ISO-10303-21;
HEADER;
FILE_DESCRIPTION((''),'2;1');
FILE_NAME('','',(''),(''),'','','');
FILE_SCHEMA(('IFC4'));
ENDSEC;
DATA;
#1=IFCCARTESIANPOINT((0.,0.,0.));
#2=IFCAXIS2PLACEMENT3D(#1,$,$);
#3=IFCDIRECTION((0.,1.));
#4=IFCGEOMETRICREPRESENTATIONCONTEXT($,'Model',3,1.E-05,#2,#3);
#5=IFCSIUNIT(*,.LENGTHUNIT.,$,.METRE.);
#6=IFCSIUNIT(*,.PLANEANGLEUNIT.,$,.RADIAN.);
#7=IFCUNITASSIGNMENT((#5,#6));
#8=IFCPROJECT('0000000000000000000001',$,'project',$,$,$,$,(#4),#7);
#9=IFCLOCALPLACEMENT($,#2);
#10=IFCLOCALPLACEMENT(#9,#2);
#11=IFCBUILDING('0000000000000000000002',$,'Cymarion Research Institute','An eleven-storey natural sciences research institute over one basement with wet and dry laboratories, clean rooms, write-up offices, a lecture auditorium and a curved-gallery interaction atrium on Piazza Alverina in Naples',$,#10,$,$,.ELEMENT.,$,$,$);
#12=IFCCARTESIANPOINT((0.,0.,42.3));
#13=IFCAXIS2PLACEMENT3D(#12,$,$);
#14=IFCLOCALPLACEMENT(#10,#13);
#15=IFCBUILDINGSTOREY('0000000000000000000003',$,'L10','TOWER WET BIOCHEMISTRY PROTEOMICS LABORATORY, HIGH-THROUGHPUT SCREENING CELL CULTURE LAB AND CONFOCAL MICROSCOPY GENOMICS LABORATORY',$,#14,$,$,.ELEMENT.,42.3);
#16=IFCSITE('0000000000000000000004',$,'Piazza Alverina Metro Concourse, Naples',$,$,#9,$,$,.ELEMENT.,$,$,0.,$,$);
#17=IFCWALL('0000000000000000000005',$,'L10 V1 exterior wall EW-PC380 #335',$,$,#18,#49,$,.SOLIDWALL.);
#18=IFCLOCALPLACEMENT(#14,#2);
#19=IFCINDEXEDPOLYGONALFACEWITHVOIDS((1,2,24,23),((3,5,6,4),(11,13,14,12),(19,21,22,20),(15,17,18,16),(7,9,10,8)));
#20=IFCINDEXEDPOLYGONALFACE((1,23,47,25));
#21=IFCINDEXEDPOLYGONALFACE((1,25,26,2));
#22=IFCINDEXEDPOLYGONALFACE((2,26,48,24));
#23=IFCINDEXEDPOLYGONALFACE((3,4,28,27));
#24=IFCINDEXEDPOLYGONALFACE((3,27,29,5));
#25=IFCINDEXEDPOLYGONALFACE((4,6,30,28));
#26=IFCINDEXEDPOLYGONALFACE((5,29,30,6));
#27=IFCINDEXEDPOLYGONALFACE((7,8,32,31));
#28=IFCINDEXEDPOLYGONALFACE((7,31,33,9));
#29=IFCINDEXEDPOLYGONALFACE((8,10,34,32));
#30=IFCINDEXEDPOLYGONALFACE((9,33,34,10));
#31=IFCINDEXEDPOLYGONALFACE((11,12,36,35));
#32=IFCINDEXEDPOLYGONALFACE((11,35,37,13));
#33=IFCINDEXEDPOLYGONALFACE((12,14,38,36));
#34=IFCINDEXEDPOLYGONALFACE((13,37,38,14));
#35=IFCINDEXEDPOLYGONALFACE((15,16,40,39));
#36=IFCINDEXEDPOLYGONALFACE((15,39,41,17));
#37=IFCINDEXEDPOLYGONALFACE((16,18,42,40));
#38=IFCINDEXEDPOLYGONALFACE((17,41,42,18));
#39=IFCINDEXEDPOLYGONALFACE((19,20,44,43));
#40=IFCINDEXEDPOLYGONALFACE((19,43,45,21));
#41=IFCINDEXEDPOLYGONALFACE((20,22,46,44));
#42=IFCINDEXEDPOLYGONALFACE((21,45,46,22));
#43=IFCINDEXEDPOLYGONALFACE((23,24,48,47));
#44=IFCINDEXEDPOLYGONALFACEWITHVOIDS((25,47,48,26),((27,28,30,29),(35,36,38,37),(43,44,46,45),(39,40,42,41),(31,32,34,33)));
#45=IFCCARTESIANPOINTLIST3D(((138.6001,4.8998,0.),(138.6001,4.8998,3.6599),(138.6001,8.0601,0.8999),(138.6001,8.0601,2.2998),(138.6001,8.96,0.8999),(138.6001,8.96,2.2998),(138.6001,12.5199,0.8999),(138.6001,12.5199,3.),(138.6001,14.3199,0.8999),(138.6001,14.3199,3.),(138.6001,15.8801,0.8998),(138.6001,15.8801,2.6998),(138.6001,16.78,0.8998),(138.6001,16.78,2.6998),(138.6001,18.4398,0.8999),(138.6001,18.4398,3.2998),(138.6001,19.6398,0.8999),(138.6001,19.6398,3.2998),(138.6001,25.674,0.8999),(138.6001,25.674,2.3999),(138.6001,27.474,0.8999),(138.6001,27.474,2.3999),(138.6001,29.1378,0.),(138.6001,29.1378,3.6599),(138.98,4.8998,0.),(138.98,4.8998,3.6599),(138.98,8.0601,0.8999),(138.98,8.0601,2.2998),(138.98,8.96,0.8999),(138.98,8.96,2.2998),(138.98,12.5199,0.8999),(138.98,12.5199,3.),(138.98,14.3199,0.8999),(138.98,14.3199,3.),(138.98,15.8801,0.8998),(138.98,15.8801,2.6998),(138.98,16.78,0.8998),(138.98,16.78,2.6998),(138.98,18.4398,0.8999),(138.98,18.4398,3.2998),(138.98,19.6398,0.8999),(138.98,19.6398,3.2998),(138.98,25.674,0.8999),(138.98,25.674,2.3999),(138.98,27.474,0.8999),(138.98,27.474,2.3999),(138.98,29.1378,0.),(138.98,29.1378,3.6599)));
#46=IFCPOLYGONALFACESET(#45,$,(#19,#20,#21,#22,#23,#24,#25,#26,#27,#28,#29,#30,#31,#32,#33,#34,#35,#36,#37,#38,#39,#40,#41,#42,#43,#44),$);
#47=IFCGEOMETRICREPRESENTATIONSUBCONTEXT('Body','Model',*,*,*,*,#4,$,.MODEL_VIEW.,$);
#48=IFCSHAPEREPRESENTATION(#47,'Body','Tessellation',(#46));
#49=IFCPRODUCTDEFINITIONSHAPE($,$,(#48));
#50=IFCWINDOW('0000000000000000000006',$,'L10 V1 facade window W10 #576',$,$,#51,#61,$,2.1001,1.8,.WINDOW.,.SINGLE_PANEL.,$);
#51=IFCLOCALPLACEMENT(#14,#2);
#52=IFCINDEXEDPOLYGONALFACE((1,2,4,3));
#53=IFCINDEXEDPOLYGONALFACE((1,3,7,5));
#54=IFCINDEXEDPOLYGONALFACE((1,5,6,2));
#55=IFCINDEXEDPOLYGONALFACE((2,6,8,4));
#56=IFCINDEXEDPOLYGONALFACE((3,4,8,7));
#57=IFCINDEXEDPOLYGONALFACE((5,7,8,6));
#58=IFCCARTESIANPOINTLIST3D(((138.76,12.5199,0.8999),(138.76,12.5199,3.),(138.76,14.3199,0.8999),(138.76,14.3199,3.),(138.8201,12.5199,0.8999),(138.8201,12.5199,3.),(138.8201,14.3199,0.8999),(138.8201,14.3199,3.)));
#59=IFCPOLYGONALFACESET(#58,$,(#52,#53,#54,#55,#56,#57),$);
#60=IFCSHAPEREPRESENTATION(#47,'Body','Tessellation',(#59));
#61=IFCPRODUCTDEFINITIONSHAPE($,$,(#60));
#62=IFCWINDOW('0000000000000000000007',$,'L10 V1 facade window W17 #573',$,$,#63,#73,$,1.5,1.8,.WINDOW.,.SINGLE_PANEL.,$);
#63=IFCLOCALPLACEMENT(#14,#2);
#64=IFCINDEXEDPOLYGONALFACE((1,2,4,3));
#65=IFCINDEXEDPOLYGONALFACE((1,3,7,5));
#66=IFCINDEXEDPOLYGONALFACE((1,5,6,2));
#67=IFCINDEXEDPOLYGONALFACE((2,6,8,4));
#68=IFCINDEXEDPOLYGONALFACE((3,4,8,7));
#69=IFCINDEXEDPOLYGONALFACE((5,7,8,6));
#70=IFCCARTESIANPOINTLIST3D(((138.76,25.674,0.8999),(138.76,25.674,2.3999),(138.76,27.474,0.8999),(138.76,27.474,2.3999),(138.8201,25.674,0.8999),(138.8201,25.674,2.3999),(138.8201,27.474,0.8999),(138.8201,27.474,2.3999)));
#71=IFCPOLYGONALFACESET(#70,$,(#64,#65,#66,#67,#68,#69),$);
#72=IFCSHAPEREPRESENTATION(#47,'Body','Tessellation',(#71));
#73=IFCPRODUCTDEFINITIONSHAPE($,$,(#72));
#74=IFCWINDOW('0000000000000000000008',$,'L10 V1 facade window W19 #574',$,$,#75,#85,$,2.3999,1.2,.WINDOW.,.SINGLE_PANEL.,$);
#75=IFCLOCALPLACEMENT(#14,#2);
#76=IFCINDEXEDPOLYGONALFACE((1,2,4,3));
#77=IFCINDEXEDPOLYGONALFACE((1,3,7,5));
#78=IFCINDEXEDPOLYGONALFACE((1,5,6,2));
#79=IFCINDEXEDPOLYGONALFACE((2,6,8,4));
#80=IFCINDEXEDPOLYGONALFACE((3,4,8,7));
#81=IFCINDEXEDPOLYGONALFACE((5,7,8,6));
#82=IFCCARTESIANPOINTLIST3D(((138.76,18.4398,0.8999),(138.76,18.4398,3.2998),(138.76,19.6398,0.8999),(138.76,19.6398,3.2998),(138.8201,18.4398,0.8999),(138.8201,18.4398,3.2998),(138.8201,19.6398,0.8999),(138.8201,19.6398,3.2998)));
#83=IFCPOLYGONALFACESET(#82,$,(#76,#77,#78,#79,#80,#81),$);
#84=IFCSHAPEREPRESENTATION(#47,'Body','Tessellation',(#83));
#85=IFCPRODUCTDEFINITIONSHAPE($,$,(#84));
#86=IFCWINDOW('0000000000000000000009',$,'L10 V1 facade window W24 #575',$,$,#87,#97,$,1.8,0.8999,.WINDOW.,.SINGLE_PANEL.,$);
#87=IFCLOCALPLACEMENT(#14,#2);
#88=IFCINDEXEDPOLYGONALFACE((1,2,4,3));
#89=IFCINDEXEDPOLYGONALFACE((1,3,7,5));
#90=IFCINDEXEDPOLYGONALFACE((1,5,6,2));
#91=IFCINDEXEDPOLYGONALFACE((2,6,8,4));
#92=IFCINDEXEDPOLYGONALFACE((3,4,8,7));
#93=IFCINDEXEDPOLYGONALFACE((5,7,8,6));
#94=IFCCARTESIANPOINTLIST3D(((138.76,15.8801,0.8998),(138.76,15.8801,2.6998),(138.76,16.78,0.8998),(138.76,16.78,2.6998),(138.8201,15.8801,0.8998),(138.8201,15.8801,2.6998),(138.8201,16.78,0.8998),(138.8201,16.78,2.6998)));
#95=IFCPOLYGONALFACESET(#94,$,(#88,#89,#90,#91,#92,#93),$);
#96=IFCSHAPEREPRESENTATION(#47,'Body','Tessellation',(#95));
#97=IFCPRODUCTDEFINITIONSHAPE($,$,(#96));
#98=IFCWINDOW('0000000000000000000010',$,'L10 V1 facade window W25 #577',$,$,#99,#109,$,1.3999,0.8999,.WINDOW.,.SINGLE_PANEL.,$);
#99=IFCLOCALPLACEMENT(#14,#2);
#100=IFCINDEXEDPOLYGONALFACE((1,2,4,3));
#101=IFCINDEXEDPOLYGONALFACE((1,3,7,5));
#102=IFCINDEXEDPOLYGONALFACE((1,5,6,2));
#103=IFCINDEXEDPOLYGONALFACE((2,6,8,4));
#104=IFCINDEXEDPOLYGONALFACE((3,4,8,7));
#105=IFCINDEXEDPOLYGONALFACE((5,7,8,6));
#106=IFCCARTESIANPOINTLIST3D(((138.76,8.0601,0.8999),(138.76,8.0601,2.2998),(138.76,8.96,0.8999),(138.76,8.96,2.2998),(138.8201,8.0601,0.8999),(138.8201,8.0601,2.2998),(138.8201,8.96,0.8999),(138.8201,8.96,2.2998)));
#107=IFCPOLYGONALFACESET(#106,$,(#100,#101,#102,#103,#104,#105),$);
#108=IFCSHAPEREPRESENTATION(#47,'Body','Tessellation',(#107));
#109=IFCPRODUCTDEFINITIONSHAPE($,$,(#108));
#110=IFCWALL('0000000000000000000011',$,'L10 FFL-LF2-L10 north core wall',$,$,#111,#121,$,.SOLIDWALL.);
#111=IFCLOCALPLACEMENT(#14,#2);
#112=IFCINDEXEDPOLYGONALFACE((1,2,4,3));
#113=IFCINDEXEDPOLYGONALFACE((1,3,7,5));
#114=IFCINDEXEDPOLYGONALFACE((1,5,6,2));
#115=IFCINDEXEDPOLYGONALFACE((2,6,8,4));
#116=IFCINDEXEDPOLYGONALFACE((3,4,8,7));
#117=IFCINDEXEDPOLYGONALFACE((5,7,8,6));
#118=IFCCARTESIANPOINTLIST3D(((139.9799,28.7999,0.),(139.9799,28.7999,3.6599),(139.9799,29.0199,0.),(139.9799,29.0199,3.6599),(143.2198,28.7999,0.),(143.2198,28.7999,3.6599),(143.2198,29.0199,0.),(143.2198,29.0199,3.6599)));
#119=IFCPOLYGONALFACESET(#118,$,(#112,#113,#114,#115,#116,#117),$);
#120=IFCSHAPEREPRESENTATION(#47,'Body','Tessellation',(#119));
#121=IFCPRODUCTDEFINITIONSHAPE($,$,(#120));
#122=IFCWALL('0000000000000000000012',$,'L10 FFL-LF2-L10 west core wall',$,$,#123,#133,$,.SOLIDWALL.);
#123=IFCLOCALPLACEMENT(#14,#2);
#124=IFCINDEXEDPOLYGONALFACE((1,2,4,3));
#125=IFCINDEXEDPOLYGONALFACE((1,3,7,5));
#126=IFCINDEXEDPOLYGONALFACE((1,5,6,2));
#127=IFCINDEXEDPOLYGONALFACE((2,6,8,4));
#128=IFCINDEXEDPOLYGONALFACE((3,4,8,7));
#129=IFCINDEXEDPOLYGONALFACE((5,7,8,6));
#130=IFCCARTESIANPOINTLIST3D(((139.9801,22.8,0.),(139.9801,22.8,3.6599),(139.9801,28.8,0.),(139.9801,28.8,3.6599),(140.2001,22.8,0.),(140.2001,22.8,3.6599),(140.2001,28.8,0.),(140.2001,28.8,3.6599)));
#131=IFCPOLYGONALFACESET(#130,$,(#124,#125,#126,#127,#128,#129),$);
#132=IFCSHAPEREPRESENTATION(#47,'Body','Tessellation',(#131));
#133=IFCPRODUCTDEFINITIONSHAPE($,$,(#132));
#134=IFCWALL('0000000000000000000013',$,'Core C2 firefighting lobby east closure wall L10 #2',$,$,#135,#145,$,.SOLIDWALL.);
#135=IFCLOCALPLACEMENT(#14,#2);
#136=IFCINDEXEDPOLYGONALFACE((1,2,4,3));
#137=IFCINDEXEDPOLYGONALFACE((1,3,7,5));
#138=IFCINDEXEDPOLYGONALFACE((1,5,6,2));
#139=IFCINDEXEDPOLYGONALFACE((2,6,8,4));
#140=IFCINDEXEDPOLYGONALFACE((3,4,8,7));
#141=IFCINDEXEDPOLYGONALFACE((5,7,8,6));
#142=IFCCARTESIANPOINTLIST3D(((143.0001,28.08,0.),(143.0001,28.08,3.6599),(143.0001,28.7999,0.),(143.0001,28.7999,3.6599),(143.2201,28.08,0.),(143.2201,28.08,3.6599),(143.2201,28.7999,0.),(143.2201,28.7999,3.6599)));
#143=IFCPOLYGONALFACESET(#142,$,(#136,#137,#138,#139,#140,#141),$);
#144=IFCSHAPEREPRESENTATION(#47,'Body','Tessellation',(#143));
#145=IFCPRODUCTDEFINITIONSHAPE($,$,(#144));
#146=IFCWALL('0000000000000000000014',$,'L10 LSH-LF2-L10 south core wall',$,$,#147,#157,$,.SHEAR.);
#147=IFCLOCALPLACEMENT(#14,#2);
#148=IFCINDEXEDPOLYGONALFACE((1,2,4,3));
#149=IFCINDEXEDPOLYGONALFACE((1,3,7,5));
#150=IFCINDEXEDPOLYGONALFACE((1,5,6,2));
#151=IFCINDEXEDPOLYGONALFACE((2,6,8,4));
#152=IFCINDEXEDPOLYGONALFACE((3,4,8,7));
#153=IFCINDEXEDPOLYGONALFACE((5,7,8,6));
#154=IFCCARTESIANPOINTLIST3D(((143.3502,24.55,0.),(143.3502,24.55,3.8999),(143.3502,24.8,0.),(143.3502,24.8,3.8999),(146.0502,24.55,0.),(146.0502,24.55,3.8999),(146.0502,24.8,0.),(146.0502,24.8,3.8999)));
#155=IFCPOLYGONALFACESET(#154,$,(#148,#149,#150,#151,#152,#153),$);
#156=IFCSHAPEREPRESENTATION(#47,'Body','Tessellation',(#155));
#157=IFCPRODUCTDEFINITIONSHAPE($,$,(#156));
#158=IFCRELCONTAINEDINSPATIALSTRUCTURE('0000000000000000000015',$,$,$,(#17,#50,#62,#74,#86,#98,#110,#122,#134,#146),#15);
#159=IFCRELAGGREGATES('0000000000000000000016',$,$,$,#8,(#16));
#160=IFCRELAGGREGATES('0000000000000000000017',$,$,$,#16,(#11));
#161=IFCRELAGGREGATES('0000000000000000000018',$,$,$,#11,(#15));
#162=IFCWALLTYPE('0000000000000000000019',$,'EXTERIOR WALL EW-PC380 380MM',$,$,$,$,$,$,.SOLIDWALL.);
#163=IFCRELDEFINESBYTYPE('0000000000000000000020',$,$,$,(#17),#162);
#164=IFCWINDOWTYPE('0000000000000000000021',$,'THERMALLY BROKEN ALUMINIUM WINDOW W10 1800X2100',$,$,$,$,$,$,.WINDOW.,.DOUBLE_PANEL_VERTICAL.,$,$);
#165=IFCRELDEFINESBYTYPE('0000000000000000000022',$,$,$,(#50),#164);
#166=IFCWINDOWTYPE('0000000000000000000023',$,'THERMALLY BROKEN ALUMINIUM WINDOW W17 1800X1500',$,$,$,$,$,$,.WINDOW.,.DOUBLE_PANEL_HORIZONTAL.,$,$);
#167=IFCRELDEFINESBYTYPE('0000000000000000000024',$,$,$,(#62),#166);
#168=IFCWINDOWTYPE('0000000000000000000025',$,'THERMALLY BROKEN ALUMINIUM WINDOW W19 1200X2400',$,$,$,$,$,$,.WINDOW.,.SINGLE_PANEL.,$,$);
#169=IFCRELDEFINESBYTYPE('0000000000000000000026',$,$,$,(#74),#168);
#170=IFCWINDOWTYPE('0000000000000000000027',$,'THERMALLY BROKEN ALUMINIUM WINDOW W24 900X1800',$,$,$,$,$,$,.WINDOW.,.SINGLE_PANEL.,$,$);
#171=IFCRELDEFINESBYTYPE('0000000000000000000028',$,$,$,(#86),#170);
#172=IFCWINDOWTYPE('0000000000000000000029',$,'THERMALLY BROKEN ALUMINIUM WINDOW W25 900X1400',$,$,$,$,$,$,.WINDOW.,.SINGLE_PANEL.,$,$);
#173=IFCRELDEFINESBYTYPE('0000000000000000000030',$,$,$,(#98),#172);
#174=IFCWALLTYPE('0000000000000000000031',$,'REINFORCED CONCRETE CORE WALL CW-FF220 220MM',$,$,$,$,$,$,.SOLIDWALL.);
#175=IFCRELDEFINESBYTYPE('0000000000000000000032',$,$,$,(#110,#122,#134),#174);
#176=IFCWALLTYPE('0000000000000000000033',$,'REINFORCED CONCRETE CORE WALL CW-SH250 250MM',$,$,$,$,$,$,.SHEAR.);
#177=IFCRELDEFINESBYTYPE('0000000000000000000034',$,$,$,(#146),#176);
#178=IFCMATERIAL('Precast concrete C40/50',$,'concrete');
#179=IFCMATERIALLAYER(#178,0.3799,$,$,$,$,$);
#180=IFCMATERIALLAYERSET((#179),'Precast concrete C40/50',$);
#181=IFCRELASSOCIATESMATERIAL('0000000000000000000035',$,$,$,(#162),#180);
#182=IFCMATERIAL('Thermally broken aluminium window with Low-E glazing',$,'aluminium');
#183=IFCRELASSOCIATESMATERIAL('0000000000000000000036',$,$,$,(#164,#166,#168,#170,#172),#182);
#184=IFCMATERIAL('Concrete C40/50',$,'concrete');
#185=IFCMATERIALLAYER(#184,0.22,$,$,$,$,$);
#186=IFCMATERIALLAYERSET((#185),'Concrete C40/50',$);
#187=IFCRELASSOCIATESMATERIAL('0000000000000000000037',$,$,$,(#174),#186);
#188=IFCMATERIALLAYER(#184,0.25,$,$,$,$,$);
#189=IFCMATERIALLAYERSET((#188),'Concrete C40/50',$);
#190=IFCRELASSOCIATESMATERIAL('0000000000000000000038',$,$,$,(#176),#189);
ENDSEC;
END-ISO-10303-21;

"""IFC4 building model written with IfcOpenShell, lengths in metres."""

from ifc_helpers import new_model, si_unit, direction, frame, frame_2d, origin, place, context, subcontext, project, spatial, rectangle, extrude, material, layer, layer_set, type_object, element, fill, save


model = new_model("IFC4")

# Units and contexts
model_context = context("Model", 3, precision=1e-05, world=origin(), true_north=direction((0.0, 1.0)))
body_context = subcontext(model_context, "Body", "Model", "MODEL_VIEW")
ifc_project = project(units=[si_unit("LENGTHUNIT", "METRE"), si_unit("PLANEANGLEUNIT", "RADIAN")], contexts=[model_context])

# Site, building, storey
site_placement = place(None, origin())
site = spatial("IfcSite", under=ifc_project, at=site_placement, Name="Piazza Alverina Metro Concourse, Naples", CompositionType="ELEMENT", RefElevation=0.0)
building_placement = place(site_placement, origin())
building = spatial("IfcBuilding", under=site, at=building_placement, Name="Cymarion Research Institute", Description="An eleven-storey natural sciences research institute over one basement with wet and dry laboratories, clean rooms, write-up offices, a lecture auditorium and a curved-gallery interaction atrium on Piazza Alverina in Naples", CompositionType="ELEMENT")
storey_placement = place(building_placement, frame((0.0, 0.0, 42.3)))
storey = spatial("IfcBuildingStorey", under=building, at=storey_placement, Name="L10", Description="TOWER WET BIOCHEMISTRY PROTEOMICS LABORATORY, HIGH-THROUGHPUT SCREENING CELL CULTURE LAB AND CONFOCAL MICROSCOPY GENOMICS LABORATORY", CompositionType="ELEMENT", Elevation=42.3)

# Wall, openings, windows
ifc_material_1 = material(Name="Precast concrete C40/50", Category="concrete")
ifc_layer_1 = layer(ifc_material_1, 0.3799)
ifc_layer_set_1 = layer_set([ifc_layer_1], Name="Precast concrete C40/50")
wall_type_1 = type_object("IfcWallType", Name="EXTERIOR WALL EW-PC380 380MM", PredefinedType="SOLIDWALL", material=ifc_layer_set_1)
wall_1_placement = place(storey_placement, frame((138.79, 29.1379, 0.0), z_axis=(0.0, 0.0, 1.0), x_axis=(0.0, -1.0, 0.0)))
wall_1 = element("IfcWall", 1, at=wall_1_placement, inside=storey, type_object=wall_type_1, Name="L10 V1 exterior wall EW-PC380 #335", PredefinedType="SOLIDWALL", context=body_context, shape_type="SweptSolid", body=[
    extrude(rectangle(XDim=24.238, YDim=0.3799, at=frame_2d((12.1191, 0.0))), origin(), (0.0, 0.0, 1.0), 3.6599),
])
opening_1_placement = place(wall_1_placement, frame((1.6641, 0.0, 0.8999)))
opening_1 = element("IfcOpeningElement", 2, at=opening_1_placement, cuts=wall_1, PredefinedType="OPENING", context=body_context, shape_type="SweptSolid", body=[
    extrude(rectangle(XDim=1.8, YDim=1.5, at=frame_2d((0.8999, 0.75))), frame((0.0, 0.2, 0.0), z_axis=(0.0, -1.0, 0.0), x_axis=(1.0, 0.0, 0.0)), (0.0, 0.0, 1.0), 0.3999),
])
opening_2_placement = place(wall_1_placement, frame((9.498, 0.0, 0.8999)))
opening_2 = element("IfcOpeningElement", 3, at=opening_2_placement, cuts=wall_1, PredefinedType="OPENING", context=body_context, shape_type="SweptSolid", body=[
    extrude(rectangle(XDim=1.2, YDim=2.3999, at=frame_2d((0.6001, 1.2))), frame((0.0, 0.2, 0.0), z_axis=(0.0, -1.0, 0.0), x_axis=(1.0, 0.0, 0.0)), (0.0, 0.0, 1.0), 0.3999),
])
opening_3_placement = place(wall_1_placement, frame((12.3579, 0.0, 0.8999)))
opening_3 = element("IfcOpeningElement", 4, at=opening_3_placement, cuts=wall_1, PredefinedType="OPENING", context=body_context, shape_type="SweptSolid", body=[
    extrude(rectangle(XDim=0.8999, YDim=1.8, at=frame_2d((0.45, 0.8999))), frame((0.0, 0.2, 0.0), z_axis=(0.0, -1.0, 0.0), x_axis=(1.0, 0.0, 0.0)), (0.0, 0.0, 1.0), 0.3999),
])
opening_4_placement = place(wall_1_placement, frame((14.8181, 0.0, 0.8999)))
opening_4 = element("IfcOpeningElement", 5, at=opening_4_placement, cuts=wall_1, PredefinedType="OPENING", context=body_context, shape_type="SweptSolid", body=[
    extrude(rectangle(XDim=1.8, YDim=2.1001, at=frame_2d((0.8999, 1.05))), frame((0.0, 0.2, 0.0), z_axis=(0.0, -1.0, 0.0), x_axis=(1.0, 0.0, 0.0)), (0.0, 0.0, 1.0), 0.3999),
])
opening_5_placement = place(wall_1_placement, frame((20.178, 0.0, 0.8999)))
opening_5 = element("IfcOpeningElement", 6, at=opening_5_placement, cuts=wall_1, PredefinedType="OPENING", context=body_context, shape_type="SweptSolid", body=[
    extrude(rectangle(XDim=0.8999, YDim=1.3999, at=frame_2d((0.45, 0.7))), frame((0.0, 0.2, 0.0), z_axis=(0.0, -1.0, 0.0), x_axis=(1.0, 0.0, 0.0)), (0.0, 0.0, 1.0), 0.3999),
])
ifc_material_2 = material(Name="Thermally broken aluminium window with Low-E glazing", Category="aluminium")
window_type_1 = type_object("IfcWindowType", Name="THERMALLY BROKEN ALUMINIUM WINDOW W10 1800X2100", PartitioningType="DOUBLE_PANEL_VERTICAL", PredefinedType="WINDOW", material=ifc_material_2)
window_1_placement = place(opening_4_placement, origin())
window_1 = element("IfcWindow", 7, at=window_1_placement, inside=storey, type_object=window_type_1, Name="L10 V1 facade window W10 #576", OverallHeight=2.1001, OverallWidth=1.8, PartitioningType="SINGLE_PANEL", PredefinedType="WINDOW", context=body_context, shape_type="SweptSolid", body=[
    extrude(rectangle(XDim=1.8, YDim=2.1001, at=frame_2d((0.8999, 1.05))), frame((0.0, 0.03, 0.0), z_axis=(0.0, -1.0, 0.0), x_axis=(1.0, 0.0, 0.0)), (0.0, 0.0, 1.0), 0.0601),
])
fill(opening_4, window_1)
window_type_2 = type_object("IfcWindowType", Name="THERMALLY BROKEN ALUMINIUM WINDOW W17 1800X1500", PartitioningType="DOUBLE_PANEL_HORIZONTAL", PredefinedType="WINDOW", material=ifc_material_2)
window_2_placement = place(opening_1_placement, origin())
window_2 = element("IfcWindow", 8, at=window_2_placement, inside=storey, type_object=window_type_2, Name="L10 V1 facade window W17 #573", OverallHeight=1.5, OverallWidth=1.8, PartitioningType="SINGLE_PANEL", PredefinedType="WINDOW", context=body_context, shape_type="SweptSolid", body=[
    extrude(rectangle(XDim=1.8, YDim=1.5, at=frame_2d((0.8999, 0.75))), frame((0.0, 0.03, 0.0), z_axis=(0.0, -1.0, 0.0), x_axis=(1.0, 0.0, 0.0)), (0.0, 0.0, 1.0), 0.0601),
])
fill(opening_1, window_2)
window_type_3 = type_object("IfcWindowType", Name="THERMALLY BROKEN ALUMINIUM WINDOW W19 1200X2400", PartitioningType="SINGLE_PANEL", PredefinedType="WINDOW", material=ifc_material_2)
window_3_placement = place(opening_2_placement, origin())
window_3 = element("IfcWindow", 9, at=window_3_placement, inside=storey, type_object=window_type_3, Name="L10 V1 facade window W19 #574", OverallHeight=2.3999, OverallWidth=1.2, PartitioningType="SINGLE_PANEL", PredefinedType="WINDOW", context=body_context, shape_type="SweptSolid", body=[
    extrude(rectangle(XDim=1.2, YDim=2.3999, at=frame_2d((0.6001, 1.2))), frame((0.0, 0.03, 0.0), z_axis=(0.0, -1.0, 0.0), x_axis=(1.0, 0.0, 0.0)), (0.0, 0.0, 1.0), 0.0601),
])
fill(opening_2, window_3)
window_type_4 = type_object("IfcWindowType", Name="THERMALLY BROKEN ALUMINIUM WINDOW W24 900X1800", PartitioningType="SINGLE_PANEL", PredefinedType="WINDOW", material=ifc_material_2)
window_4_placement = place(opening_3_placement, origin())
window_4 = element("IfcWindow", 10, at=window_4_placement, inside=storey, type_object=window_type_4, Name="L10 V1 facade window W24 #575", OverallHeight=1.8, OverallWidth=0.8999, PartitioningType="SINGLE_PANEL", PredefinedType="WINDOW", context=body_context, shape_type="SweptSolid", body=[
    extrude(rectangle(XDim=0.8999, YDim=1.8, at=frame_2d((0.45, 0.8999))), frame((0.0, 0.03, 0.0), z_axis=(0.0, -1.0, 0.0), x_axis=(1.0, 0.0, 0.0)), (0.0, 0.0, 1.0), 0.0601),
])
fill(opening_3, window_4)
window_type_5 = type_object("IfcWindowType", Name="THERMALLY BROKEN ALUMINIUM WINDOW W25 900X1400", PartitioningType="SINGLE_PANEL", PredefinedType="WINDOW", material=ifc_material_2)
window_5_placement = place(opening_5_placement, origin())
window_5 = element("IfcWindow", 11, at=window_5_placement, inside=storey, type_object=window_type_5, Name="L10 V1 facade window W25 #577", OverallHeight=1.3999, OverallWidth=0.8999, PartitioningType="SINGLE_PANEL", PredefinedType="WINDOW", context=body_context, shape_type="SweptSolid", body=[
    extrude(rectangle(XDim=0.8999, YDim=1.3999, at=frame_2d((0.45, 0.7))), frame((0.0, 0.03, 0.0), z_axis=(0.0, -1.0, 0.0), x_axis=(1.0, 0.0, 0.0)), (0.0, 0.0, 1.0), 0.0601),
])
fill(opening_5, window_5)

# Walls
ifc_material_3 = material(Name="Concrete C40/50", Category="concrete")
ifc_layer_2 = layer(ifc_material_3, 0.22)
ifc_layer_set_2 = layer_set([ifc_layer_2], Name="Concrete C40/50")
wall_type_2 = type_object("IfcWallType", Name="REINFORCED CONCRETE CORE WALL CW-FF220 220MM", PredefinedType="SOLIDWALL", material=ifc_layer_set_2)
wall_2_placement = place(storey_placement, frame((143.22, 28.9099, 0.0), z_axis=(0.0, 0.0, 1.0), x_axis=(-1.0, 0.0, 0.0)))
element("IfcWall", 12, at=wall_2_placement, inside=storey, type_object=wall_type_2, Name="L10 FFL-LF2-L10 north core wall", PredefinedType="SOLIDWALL", context=body_context, shape_type="SweptSolid", body=[
    extrude(rectangle(XDim=3.24, YDim=0.22, at=frame_2d((1.6201, 0.0))), origin(), (0.0, 0.0, 1.0), 3.6599),
])
wall_3_placement = place(storey_placement, frame((140.0901, 28.8, 0.0), z_axis=(0.0, 0.0, 1.0), x_axis=(0.0, -1.0, 0.0)))
element("IfcWall", 13, at=wall_3_placement, inside=storey, type_object=wall_type_2, Name="L10 FFL-LF2-L10 west core wall", PredefinedType="SOLIDWALL", context=body_context, shape_type="SweptSolid", body=[
    extrude(rectangle(XDim=6.0, YDim=0.22, at=frame_2d((3.0, 0.0))), origin(), (0.0, 0.0, 1.0), 3.6599),
])
wall_4_placement = place(storey_placement, frame((143.1101, 28.0801, 0.0), z_axis=(0.0, 0.0, 1.0), x_axis=(0.0, 1.0, 0.0)))
element("IfcWall", 14, at=wall_4_placement, inside=storey, type_object=wall_type_2, Name="Core C2 firefighting lobby east closure wall L10 #2", PredefinedType="SOLIDWALL", context=body_context, shape_type="SweptSolid", body=[
    extrude(rectangle(XDim=0.72, YDim=0.22, at=frame_2d((0.3599, 0.0))), origin(), (0.0, 0.0, 1.0), 3.6599),
])
ifc_layer_3 = layer(ifc_material_3, 0.25)
ifc_layer_set_3 = layer_set([ifc_layer_3], Name="Concrete C40/50")
wall_type_3 = type_object("IfcWallType", Name="REINFORCED CONCRETE CORE WALL CW-SH250 250MM", PredefinedType="SHEAR", material=ifc_layer_set_3)
wall_5_placement = place(storey_placement, frame((143.3501, 24.675, 0.0), z_axis=(0.0, 0.0, 1.0), x_axis=(1.0, 0.0, 0.0)))
element("IfcWall", 15, at=wall_5_placement, inside=storey, type_object=wall_type_3, Name="L10 LSH-LF2-L10 south core wall", PredefinedType="SHEAR", context=body_context, shape_type="SweptSolid", body=[
    extrude(rectangle(XDim=2.7, YDim=0.25, at=frame_2d((1.3501, 0.0))), origin(), (0.0, 0.0, 1.0), 3.8999),
])

save(model, "model.ifc")
